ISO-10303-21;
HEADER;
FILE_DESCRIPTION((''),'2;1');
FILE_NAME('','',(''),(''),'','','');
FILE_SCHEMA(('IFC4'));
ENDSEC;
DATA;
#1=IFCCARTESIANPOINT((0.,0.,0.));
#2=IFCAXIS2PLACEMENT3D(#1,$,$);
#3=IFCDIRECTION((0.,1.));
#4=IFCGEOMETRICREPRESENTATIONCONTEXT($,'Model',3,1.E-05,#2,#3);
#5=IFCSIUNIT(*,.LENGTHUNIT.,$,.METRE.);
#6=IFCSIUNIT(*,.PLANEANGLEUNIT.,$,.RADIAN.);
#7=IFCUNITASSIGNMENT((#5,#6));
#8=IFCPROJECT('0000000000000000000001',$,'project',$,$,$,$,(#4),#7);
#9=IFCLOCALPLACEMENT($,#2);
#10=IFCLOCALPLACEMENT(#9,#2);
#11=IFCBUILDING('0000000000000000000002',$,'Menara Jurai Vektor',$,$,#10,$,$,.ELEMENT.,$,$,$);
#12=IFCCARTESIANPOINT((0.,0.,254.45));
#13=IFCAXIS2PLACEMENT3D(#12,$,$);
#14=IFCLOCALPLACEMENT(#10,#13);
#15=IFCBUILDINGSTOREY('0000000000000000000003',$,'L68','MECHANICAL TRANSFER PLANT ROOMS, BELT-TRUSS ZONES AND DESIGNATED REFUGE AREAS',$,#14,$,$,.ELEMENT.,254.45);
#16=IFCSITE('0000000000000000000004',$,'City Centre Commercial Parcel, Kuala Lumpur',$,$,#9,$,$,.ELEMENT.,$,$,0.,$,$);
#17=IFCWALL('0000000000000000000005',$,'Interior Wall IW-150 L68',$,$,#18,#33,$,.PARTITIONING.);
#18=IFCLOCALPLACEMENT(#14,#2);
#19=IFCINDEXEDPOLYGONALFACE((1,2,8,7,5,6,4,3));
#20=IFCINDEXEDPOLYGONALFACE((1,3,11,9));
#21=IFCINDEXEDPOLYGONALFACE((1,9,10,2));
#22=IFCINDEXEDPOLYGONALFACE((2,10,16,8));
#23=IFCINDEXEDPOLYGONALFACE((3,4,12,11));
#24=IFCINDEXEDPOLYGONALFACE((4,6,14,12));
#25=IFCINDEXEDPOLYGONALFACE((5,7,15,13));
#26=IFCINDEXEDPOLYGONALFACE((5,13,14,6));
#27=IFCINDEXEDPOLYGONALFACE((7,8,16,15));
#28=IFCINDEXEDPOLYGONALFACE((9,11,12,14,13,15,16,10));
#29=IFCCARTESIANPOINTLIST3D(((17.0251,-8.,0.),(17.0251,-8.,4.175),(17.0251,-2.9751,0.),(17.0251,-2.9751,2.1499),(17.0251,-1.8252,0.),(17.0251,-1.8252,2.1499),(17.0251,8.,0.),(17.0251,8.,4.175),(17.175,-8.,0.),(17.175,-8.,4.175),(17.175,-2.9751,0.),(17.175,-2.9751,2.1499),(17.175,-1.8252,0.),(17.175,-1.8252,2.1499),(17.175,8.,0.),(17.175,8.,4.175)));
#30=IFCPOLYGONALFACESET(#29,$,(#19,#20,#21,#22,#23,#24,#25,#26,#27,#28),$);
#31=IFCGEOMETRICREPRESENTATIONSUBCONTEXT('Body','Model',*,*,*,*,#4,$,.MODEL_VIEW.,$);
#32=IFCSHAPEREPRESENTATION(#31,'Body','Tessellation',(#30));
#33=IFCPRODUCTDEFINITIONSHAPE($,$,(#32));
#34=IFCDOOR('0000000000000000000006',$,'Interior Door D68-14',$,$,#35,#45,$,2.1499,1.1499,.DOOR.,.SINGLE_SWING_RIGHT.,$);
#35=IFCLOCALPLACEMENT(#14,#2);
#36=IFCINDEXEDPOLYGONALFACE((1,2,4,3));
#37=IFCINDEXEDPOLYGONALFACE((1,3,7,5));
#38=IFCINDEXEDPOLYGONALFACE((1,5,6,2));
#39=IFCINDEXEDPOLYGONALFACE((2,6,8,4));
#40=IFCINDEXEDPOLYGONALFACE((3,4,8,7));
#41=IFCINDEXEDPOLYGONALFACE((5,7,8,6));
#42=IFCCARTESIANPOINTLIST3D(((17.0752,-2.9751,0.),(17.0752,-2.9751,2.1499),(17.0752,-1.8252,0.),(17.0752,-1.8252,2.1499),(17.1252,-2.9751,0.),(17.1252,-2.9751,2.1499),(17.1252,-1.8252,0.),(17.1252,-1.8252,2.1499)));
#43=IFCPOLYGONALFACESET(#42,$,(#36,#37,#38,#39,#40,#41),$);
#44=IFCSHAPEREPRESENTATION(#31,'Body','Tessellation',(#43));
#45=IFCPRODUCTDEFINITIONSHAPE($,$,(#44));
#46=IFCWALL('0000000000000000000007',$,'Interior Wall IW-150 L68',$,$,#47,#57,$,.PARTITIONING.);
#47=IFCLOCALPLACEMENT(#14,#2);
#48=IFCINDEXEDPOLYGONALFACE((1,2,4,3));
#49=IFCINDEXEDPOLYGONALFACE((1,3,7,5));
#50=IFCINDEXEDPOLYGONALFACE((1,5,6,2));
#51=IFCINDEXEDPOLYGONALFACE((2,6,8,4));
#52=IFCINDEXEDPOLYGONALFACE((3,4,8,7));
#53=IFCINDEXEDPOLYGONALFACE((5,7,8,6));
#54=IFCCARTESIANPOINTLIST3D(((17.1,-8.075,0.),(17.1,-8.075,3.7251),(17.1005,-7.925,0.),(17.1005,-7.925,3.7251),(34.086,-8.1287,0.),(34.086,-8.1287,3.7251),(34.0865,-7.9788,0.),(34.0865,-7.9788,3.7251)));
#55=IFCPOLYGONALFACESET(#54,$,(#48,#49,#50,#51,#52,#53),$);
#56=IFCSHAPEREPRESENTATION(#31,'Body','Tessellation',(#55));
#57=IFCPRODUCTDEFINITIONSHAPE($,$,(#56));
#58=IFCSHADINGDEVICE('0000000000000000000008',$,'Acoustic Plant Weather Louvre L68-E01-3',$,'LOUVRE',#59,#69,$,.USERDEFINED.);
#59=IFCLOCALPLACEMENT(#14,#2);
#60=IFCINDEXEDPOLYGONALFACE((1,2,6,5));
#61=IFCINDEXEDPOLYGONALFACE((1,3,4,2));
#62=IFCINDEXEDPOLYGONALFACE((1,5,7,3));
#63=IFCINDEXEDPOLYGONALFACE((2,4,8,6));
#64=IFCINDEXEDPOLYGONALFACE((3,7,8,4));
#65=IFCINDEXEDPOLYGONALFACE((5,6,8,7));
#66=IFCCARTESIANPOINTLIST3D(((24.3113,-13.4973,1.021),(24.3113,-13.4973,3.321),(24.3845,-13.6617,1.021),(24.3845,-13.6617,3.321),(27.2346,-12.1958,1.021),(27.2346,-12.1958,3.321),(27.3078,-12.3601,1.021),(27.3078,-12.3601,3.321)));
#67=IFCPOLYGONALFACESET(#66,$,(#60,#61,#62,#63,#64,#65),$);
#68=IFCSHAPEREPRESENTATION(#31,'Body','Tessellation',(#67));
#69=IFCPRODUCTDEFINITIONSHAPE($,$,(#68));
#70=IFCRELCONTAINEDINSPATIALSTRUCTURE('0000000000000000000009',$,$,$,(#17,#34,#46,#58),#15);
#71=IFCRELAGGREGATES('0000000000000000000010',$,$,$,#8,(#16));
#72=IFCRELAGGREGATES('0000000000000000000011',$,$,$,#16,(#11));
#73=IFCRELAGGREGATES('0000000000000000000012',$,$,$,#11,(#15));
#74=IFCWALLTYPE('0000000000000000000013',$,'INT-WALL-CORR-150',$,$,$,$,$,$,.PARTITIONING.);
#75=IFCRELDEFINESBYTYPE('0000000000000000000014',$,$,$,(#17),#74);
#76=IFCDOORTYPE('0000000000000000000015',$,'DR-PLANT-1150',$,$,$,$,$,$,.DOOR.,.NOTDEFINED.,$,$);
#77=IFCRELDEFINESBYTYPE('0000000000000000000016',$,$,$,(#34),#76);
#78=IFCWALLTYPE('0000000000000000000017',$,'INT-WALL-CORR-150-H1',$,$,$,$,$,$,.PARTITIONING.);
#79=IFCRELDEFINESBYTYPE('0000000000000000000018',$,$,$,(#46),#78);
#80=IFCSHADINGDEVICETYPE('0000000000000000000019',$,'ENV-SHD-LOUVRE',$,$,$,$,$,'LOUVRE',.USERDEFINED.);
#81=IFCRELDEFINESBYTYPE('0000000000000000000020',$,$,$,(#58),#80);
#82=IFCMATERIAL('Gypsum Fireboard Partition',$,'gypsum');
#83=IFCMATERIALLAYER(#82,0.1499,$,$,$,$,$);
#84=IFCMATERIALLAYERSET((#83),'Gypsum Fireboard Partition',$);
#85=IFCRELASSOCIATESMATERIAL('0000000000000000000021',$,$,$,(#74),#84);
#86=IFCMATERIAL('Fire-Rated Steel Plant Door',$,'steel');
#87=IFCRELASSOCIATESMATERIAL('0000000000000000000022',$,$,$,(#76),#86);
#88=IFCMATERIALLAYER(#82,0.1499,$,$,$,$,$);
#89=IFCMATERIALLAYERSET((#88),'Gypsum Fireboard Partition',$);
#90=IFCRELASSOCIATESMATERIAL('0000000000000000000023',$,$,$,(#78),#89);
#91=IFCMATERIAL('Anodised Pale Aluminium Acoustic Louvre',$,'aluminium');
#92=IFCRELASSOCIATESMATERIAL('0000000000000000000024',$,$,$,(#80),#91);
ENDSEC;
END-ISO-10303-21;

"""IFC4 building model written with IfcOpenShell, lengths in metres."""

from ifc_helpers import new_model, si_unit, direction, frame, frame_2d, origin, origin_2d, place, context, subcontext, project, spatial, rectangle, extrude, material, layer, layer_set, type_object, element, fill, save


model = new_model("IFC4")

# Units and contexts
model_context = context("Model", 3, precision=1e-05, world=origin(), true_north=direction((0.0, 1.0)))
body_context = subcontext(model_context, "Body", "Model", "MODEL_VIEW")
ifc_project = project(units=[si_unit("LENGTHUNIT", "METRE"), si_unit("PLANEANGLEUNIT", "RADIAN")], contexts=[model_context])

# Site, building, storey
site_placement = place(None, origin())
site = spatial("IfcSite", under=ifc_project, at=site_placement, Name="City Centre Commercial Parcel, Kuala Lumpur", CompositionType="ELEMENT", RefElevation=0.0)
building_placement = place(site_placement, origin())
building = spatial("IfcBuilding", under=site, at=building_placement, Name="Menara Jurai Vektor", CompositionType="ELEMENT")
storey_placement = place(building_placement, frame((0.0, 0.0, 254.45)))
storey = spatial("IfcBuildingStorey", under=building, at=storey_placement, Name="L68", Description="MECHANICAL TRANSFER PLANT ROOMS, BELT-TRUSS ZONES AND DESIGNATED REFUGE AREAS", CompositionType="ELEMENT", Elevation=254.45)

# Wall, opening, door
ifc_material_1 = material(Name="Gypsum Fireboard Partition", Category="gypsum")
ifc_layer_1 = layer(ifc_material_1, 0.1499)
ifc_layer_set_1 = layer_set([ifc_layer_1], Name="Gypsum Fireboard Partition")
wall_type_1 = type_object("IfcWallType", Name="INT-WALL-CORR-150", PredefinedType="PARTITIONING", material=ifc_layer_set_1)
wall_1_placement = place(storey_placement, frame((17.1001, -8.0, 0.0), z_axis=(0.0, 0.0, 1.0), x_axis=(0.0, 1.0, 0.0)))
wall_1 = element("IfcWall", 1, at=wall_1_placement, inside=storey, type_object=wall_type_1, Name="Interior Wall IW-150 L68", PredefinedType="PARTITIONING", context=body_context, shape_type="SweptSolid", body=[
    extrude(rectangle(XDim=16.0, YDim=0.1499, at=frame_2d((8.0, 0.0))), origin(), (0.0, 0.0, 1.0), 4.175),
])
opening_placement = place(wall_1_placement, frame((5.0249, 0.0, 0.0)))
opening = element("IfcOpeningElement", 2, at=opening_placement, cuts=wall_1, PredefinedType="OPENING", context=body_context, shape_type="SweptSolid", body=[
    extrude(rectangle(XDim=1.1499, YDim=2.1499, at=frame_2d((0.575, 1.075))), frame((0.0, 0.085, 0.0), z_axis=(0.0, -1.0, 0.0), x_axis=(1.0, 0.0, 0.0)), (0.0, 0.0, 1.0), 0.1699),
])
ifc_material_2 = material(Name="Fire-Rated Steel Plant Door", Category="steel")
door_type = type_object("IfcDoorType", Name="DR-PLANT-1150", OperationType="NOTDEFINED", PredefinedType="DOOR", material=ifc_material_2)
door_placement = place(opening_placement, origin())
door = element("IfcDoor", 3, at=door_placement, inside=storey, type_object=door_type, Name="Interior Door D68-14", OperationType="SINGLE_SWING_RIGHT", OverallHeight=2.1499, OverallWidth=1.1499, PredefinedType="DOOR", context=body_context, shape_type="SweptSolid", body=[
    extrude(rectangle(XDim=1.1499, YDim=2.1499, at=frame_2d((0.575, 1.075))), frame((0.0, 0.0249, 0.0), z_axis=(0.0, -1.0, 0.0), x_axis=(1.0, 0.0, 0.0)), (0.0, 0.0, 1.0), 0.05),
])
fill(opening, door)

# Wall
ifc_layer_2 = layer(ifc_material_1, 0.1499)
ifc_layer_set_2 = layer_set([ifc_layer_2], Name="Gypsum Fireboard Partition")
wall_type_2 = type_object("IfcWallType", Name="INT-WALL-CORR-150-H1", PredefinedType="PARTITIONING", material=ifc_layer_set_2)
wall_2_placement = place(storey_placement, frame((17.1001, -8.0, 0.0), z_axis=(0.0, 0.0, 1.0), x_axis=(0.999995, -0.003162, 0.0)))
element("IfcWall", 4, at=wall_2_placement, inside=storey, type_object=wall_type_2, Name="Interior Wall IW-150 L68", PredefinedType="PARTITIONING", context=body_context, shape_type="SweptSolid", body=[
    extrude(rectangle(XDim=16.9861, YDim=0.1499, at=frame_2d((8.4932, 0.0))), origin(), (0.0, 0.0, 1.0), 3.7251),
])

# Shading device
ifc_material_3 = material(Name="Anodised Pale Aluminium Acoustic Louvre", Category="aluminium")
shading_device_type = type_object("IfcShadingDeviceType", Name="ENV-SHD-LOUVRE", ElementType="LOUVRE", PredefinedType="USERDEFINED", material=ifc_material_3)
shading_device_placement = place(storey_placement, frame((25.8096, -12.9287, 1.021), z_axis=(0.0, 0.0, 1.0), x_axis=(0.913545, 0.406737, 0.0)))
element("IfcShadingDevice", 5, at=shading_device_placement, inside=storey, type_object=shading_device_type, Name="Acoustic Plant Weather Louvre L68-E01-3", ObjectType="LOUVRE", PredefinedType="USERDEFINED", context=body_context, shape_type="SweptSolid", body=[
    extrude(rectangle(XDim=3.2, YDim=0.1799, at=origin_2d()), origin(), (0.0, 0.0, 1.0), 2.3),
])

save(model, "model.ifc")
